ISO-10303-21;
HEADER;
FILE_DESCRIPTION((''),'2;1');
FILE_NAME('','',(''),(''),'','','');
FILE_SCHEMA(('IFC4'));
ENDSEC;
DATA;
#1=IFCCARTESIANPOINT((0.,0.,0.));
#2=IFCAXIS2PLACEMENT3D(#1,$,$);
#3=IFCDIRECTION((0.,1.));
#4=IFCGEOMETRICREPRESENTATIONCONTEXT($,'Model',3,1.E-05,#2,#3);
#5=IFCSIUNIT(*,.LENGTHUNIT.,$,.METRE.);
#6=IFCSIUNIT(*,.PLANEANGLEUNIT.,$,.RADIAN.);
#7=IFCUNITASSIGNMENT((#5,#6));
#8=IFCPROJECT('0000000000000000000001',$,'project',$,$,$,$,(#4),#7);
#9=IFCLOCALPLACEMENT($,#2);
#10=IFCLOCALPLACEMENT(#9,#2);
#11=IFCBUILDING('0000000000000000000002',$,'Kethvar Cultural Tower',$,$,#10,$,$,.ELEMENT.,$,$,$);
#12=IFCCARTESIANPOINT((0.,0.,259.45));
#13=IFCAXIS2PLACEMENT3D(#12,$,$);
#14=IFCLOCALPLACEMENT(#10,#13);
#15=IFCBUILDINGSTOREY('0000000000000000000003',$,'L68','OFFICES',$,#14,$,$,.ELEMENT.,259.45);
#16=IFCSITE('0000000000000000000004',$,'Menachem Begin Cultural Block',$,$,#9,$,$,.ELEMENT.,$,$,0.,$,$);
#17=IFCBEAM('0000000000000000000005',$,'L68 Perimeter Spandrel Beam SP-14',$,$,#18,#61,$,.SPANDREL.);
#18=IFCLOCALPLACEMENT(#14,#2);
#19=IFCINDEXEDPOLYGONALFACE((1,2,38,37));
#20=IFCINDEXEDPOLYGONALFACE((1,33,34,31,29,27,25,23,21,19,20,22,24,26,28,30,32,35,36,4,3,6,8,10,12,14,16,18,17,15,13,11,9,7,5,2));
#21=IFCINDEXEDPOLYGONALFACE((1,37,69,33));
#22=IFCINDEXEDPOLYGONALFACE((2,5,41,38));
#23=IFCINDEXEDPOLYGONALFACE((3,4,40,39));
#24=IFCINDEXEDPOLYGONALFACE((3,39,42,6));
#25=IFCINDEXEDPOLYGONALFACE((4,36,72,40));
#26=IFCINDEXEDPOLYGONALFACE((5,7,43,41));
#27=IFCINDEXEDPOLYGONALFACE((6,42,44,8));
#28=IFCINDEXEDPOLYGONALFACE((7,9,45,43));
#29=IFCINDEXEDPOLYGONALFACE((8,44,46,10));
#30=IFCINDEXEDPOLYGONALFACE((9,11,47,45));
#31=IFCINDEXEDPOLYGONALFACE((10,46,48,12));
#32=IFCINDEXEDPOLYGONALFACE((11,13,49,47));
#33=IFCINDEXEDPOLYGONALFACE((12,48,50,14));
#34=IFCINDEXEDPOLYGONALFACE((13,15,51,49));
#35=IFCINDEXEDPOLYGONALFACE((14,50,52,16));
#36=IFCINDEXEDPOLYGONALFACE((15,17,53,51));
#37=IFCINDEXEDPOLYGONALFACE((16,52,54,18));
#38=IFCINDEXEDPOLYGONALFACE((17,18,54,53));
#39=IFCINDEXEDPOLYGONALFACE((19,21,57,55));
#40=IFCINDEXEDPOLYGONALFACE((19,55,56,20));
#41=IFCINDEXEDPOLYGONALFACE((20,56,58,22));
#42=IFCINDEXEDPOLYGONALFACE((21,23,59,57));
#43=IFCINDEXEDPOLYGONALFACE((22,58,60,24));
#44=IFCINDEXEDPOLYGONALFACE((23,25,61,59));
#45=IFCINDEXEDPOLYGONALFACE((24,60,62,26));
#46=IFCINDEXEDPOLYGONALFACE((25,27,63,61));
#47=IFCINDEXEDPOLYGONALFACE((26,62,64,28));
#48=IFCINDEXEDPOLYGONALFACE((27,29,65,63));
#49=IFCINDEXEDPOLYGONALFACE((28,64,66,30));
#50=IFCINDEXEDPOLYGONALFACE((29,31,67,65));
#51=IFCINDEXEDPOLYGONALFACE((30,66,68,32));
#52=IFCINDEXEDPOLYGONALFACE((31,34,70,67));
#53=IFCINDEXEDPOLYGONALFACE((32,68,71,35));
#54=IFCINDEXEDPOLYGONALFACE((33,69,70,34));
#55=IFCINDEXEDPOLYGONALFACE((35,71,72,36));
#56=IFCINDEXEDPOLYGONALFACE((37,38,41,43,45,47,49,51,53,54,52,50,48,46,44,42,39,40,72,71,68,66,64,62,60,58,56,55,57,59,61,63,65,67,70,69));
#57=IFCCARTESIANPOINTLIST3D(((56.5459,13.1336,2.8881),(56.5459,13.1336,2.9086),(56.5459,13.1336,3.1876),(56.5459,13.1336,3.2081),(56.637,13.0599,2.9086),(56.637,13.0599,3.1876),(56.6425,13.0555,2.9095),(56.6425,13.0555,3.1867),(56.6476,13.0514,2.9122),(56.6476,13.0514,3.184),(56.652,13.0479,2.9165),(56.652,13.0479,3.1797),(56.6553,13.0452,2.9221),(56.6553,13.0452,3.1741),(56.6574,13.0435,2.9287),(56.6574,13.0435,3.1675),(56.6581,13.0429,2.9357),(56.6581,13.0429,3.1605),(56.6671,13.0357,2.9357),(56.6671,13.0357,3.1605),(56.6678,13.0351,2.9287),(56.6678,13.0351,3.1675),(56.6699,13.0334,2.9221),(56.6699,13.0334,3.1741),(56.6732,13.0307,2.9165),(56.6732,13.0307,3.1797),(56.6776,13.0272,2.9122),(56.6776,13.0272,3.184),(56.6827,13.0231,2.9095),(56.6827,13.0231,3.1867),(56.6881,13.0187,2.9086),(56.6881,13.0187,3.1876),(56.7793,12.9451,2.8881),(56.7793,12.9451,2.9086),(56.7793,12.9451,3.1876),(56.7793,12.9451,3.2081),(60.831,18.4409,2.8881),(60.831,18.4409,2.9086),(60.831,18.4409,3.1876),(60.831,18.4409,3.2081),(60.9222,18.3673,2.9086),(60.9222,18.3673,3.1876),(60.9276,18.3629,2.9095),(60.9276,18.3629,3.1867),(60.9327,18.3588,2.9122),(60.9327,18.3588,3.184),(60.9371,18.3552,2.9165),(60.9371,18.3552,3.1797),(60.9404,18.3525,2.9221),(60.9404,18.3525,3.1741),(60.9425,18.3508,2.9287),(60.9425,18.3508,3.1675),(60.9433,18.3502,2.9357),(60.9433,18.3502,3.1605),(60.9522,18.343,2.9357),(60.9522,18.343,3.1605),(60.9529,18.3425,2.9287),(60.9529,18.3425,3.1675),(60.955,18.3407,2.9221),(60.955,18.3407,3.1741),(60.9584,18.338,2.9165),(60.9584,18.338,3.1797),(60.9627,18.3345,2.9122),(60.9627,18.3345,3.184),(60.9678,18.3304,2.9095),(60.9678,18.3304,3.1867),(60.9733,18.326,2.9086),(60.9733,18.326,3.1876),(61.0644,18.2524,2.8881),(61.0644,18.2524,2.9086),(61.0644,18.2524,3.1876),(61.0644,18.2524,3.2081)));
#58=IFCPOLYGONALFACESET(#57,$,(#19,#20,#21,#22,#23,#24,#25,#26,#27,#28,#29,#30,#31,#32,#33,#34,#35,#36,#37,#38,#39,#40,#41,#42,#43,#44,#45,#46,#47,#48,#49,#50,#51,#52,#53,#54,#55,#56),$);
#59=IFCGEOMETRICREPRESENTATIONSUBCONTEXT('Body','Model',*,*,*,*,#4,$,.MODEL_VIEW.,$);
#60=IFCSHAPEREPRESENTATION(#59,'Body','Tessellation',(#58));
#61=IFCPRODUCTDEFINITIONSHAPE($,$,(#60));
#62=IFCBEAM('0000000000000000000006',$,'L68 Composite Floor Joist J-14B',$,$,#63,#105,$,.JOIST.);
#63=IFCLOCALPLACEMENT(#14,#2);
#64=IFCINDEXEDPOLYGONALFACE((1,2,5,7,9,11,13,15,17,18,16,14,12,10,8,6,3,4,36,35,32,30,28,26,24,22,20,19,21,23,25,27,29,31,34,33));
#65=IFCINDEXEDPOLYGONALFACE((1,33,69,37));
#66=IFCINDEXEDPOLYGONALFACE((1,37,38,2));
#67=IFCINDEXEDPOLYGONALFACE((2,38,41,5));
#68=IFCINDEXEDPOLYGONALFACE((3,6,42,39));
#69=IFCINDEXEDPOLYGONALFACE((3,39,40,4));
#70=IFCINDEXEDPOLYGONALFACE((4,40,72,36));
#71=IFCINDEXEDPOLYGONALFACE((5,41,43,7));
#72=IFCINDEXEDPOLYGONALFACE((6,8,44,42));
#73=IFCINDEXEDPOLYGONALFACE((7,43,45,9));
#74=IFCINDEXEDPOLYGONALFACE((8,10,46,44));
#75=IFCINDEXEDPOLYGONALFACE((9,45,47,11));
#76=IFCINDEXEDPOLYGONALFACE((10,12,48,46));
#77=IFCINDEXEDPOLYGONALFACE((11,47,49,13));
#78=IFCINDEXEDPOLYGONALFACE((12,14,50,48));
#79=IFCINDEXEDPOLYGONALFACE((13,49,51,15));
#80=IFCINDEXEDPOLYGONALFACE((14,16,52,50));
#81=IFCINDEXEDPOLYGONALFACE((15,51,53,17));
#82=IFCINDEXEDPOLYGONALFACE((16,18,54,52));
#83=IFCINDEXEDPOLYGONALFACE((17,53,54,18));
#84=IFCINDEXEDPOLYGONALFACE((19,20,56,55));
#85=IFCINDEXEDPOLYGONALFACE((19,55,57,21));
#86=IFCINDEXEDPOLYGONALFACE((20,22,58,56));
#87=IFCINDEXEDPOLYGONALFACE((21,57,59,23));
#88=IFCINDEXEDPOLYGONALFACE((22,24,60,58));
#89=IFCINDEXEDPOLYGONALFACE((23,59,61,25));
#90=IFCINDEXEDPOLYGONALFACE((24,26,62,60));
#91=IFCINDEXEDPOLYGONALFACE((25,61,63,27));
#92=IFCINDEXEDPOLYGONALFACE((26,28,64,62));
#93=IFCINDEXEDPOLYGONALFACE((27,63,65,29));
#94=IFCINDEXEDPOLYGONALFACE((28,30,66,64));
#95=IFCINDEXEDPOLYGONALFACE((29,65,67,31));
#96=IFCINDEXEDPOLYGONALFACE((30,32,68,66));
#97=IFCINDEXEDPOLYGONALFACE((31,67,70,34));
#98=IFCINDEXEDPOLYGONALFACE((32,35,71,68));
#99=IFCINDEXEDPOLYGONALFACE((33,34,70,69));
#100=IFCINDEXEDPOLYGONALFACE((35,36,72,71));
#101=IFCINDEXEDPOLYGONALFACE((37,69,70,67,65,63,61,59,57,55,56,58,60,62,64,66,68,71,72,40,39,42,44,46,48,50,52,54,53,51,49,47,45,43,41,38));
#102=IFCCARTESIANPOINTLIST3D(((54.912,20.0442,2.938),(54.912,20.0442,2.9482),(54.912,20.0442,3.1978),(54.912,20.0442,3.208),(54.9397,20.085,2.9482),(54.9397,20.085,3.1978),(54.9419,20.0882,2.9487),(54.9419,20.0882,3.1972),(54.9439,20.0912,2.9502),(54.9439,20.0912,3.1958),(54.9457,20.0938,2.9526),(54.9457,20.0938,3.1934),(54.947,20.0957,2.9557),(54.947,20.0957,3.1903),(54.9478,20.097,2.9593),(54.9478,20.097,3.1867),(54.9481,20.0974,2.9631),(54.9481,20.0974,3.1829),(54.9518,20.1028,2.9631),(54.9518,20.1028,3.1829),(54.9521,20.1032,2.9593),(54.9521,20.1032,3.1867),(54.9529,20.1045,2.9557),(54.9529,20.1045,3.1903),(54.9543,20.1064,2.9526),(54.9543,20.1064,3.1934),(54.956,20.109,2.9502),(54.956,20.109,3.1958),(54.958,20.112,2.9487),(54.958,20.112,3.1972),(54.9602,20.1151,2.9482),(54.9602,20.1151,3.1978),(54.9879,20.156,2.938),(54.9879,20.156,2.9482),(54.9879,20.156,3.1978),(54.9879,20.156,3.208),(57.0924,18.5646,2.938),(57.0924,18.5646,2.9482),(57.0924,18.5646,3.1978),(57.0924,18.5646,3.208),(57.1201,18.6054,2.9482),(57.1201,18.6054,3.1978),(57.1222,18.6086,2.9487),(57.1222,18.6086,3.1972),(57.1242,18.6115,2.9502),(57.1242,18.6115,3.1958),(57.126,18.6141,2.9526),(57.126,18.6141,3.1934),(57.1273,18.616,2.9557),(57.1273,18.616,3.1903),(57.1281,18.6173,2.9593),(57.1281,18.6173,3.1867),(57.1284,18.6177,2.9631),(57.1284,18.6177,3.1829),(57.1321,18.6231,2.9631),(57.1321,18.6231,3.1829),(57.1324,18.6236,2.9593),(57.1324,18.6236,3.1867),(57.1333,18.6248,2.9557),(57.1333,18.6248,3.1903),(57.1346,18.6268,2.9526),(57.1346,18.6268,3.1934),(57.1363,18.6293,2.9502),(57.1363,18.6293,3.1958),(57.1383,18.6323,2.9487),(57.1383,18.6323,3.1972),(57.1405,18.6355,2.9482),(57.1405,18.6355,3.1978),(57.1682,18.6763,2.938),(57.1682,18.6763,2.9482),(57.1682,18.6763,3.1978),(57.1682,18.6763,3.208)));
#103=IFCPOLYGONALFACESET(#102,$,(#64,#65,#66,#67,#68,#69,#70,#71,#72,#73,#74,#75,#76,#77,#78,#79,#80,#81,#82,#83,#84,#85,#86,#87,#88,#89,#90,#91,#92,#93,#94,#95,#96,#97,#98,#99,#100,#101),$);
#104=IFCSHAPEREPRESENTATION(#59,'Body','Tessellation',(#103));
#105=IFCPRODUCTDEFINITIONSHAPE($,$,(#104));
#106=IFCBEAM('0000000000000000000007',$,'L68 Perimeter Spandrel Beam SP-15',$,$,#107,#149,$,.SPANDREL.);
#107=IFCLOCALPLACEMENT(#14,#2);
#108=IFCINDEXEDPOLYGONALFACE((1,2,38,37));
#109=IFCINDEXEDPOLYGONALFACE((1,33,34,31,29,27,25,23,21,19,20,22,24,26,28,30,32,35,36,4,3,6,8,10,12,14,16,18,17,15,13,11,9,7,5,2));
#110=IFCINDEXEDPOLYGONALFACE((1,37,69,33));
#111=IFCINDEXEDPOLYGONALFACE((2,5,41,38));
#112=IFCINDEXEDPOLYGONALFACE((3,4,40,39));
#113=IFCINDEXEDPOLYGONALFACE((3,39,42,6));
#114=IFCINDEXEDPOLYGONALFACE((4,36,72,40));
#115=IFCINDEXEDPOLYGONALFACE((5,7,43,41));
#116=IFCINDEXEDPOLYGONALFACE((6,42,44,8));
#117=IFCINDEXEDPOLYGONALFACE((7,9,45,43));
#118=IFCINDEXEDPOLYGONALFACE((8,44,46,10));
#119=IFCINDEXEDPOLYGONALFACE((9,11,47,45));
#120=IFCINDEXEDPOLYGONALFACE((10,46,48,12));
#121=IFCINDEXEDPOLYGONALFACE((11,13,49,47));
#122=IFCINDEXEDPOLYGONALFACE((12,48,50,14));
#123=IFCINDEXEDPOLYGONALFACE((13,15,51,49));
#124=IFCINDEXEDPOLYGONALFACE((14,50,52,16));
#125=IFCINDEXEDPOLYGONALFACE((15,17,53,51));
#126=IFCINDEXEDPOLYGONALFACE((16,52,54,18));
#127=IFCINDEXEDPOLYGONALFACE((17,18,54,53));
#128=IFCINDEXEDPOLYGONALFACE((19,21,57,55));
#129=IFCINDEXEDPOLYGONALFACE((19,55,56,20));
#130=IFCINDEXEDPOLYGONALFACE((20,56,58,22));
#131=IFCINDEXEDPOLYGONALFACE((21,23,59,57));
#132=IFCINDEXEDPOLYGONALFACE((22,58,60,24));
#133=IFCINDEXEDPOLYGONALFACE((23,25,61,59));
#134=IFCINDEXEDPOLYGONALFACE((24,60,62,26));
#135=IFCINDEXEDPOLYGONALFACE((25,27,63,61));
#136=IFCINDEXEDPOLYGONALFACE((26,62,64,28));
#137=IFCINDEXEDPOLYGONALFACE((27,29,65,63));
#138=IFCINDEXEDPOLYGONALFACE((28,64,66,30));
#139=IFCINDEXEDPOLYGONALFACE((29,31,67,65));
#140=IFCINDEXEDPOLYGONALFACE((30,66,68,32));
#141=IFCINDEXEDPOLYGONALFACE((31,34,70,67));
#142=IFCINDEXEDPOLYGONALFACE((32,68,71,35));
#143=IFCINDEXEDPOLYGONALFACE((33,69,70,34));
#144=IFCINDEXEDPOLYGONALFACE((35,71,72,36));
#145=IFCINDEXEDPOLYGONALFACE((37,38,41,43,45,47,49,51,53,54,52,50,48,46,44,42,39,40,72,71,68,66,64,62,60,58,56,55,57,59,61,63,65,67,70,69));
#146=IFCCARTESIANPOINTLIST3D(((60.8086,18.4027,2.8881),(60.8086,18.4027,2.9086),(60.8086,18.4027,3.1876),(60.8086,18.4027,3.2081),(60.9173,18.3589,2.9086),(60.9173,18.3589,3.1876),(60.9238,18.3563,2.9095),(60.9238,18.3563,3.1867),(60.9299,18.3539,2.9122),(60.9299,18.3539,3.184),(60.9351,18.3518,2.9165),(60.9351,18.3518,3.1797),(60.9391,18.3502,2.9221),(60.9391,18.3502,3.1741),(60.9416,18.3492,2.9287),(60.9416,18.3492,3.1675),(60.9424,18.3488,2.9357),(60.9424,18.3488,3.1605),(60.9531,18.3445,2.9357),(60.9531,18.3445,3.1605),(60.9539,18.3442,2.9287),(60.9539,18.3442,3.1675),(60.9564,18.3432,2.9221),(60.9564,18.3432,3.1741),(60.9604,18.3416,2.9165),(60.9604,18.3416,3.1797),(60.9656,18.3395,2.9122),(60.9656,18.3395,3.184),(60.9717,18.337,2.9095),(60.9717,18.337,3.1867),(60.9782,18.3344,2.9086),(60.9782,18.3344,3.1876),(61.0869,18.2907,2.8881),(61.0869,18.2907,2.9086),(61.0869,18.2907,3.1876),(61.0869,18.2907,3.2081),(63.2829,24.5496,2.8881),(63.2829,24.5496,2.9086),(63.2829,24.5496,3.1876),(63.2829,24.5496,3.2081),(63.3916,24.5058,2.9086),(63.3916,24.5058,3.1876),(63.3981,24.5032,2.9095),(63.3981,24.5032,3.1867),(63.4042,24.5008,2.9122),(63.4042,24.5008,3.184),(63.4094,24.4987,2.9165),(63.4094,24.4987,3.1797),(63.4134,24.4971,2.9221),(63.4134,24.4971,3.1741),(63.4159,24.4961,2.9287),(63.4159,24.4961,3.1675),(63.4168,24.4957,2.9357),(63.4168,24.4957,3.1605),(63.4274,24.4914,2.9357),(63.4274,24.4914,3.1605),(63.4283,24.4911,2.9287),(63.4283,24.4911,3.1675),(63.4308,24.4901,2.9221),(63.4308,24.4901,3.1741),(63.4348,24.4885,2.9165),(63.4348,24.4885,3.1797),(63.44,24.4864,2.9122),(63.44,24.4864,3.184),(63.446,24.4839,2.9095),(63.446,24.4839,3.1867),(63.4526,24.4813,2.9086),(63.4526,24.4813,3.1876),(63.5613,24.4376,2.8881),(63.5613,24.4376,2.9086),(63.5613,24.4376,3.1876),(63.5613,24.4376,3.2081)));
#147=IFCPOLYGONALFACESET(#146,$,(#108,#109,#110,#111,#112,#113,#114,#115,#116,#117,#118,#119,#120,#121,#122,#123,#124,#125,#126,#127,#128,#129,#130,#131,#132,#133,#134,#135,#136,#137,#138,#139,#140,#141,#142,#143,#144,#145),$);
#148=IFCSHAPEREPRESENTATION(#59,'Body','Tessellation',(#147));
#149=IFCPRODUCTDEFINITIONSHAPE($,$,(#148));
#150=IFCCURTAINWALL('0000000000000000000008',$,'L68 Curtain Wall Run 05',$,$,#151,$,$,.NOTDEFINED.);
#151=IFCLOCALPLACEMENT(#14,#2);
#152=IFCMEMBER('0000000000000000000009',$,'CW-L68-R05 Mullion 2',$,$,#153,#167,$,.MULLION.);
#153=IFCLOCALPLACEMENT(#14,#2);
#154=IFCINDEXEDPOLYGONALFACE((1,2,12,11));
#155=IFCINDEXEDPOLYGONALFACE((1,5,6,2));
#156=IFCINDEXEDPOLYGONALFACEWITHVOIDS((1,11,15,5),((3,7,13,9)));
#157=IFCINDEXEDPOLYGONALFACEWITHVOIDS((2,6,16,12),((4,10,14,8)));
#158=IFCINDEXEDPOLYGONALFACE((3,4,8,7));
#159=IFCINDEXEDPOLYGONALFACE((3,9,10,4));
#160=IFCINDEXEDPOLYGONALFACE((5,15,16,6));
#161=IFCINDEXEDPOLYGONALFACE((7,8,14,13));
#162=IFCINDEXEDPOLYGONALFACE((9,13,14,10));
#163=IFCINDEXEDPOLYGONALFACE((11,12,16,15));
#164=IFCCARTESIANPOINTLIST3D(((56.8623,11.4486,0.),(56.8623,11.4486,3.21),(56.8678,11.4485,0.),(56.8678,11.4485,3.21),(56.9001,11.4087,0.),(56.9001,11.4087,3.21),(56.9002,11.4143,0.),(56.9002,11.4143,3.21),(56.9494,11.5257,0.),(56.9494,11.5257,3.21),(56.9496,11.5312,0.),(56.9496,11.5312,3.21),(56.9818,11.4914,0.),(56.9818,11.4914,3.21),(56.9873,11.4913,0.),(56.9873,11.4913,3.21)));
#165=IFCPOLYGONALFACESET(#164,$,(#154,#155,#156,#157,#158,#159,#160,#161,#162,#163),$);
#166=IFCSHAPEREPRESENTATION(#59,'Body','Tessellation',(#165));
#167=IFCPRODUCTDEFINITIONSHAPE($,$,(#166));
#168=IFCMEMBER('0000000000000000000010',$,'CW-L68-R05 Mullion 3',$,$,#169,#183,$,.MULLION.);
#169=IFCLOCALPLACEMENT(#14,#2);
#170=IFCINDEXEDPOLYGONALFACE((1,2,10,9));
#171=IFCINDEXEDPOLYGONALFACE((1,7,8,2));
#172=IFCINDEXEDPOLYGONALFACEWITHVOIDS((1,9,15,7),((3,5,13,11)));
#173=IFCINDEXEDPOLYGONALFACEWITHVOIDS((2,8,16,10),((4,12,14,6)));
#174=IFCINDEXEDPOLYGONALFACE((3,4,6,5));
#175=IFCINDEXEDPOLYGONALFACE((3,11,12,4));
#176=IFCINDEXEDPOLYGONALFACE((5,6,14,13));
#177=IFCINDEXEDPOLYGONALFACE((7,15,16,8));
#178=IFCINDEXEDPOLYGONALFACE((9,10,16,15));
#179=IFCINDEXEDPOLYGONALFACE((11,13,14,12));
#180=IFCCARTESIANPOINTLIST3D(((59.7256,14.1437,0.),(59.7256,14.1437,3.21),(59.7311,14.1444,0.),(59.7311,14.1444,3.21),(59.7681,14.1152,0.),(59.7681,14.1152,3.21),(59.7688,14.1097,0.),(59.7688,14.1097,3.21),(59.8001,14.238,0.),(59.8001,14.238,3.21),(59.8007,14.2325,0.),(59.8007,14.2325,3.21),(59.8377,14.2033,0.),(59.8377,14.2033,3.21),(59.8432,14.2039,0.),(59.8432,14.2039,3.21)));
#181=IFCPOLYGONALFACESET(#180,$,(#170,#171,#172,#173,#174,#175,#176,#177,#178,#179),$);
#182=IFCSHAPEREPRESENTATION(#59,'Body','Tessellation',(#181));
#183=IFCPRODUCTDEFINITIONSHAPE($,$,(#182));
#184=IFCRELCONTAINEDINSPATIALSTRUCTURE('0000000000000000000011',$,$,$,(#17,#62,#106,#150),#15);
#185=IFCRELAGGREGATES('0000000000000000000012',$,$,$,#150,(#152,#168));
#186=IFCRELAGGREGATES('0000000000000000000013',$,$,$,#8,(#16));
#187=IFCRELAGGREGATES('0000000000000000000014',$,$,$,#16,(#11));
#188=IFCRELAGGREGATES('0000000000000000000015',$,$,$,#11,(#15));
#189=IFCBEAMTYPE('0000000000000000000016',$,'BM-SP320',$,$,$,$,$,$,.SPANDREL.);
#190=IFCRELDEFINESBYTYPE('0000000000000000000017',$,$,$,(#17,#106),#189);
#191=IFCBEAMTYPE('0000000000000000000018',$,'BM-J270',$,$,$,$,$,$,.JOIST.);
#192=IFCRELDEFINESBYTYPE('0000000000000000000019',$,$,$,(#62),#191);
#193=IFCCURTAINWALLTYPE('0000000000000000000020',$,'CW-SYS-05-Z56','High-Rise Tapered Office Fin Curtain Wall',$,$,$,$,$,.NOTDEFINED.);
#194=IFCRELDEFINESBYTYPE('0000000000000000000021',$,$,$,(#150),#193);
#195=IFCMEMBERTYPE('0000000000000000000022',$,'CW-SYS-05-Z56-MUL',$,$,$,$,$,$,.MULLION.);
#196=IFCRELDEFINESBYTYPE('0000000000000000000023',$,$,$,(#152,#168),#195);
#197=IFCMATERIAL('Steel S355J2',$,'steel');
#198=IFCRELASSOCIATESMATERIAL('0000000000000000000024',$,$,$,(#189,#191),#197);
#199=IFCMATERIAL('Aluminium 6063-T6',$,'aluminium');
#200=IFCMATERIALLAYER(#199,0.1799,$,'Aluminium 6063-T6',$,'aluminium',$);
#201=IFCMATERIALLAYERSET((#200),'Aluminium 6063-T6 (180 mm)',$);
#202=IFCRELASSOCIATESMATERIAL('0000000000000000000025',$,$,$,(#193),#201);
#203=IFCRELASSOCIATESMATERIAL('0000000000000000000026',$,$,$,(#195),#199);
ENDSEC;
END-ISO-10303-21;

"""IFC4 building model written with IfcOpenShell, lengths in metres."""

from ifc_helpers import new_model, si_unit, direction, frame, origin, origin_2d, place, context, subcontext, project, spatial, hollow_rectangle, i_section, extrude, source, transform, mapped, material, layer, layer_set, material_profile, profile_set, type_object, element, aggregate, save


model = new_model("IFC4")

# Units and contexts
model_context = context("Model", 3, precision=1e-05, world=origin(), true_north=direction((0.0, 1.0)))
body_context = subcontext(model_context, "Body", "Model", "MODEL_VIEW")
ifc_project = project(units=[si_unit("LENGTHUNIT", "METRE"), si_unit("PLANEANGLEUNIT", "RADIAN")], contexts=[model_context])

# Site, building, storey
site_placement = place(None, origin())
site = spatial("IfcSite", under=ifc_project, at=site_placement, Name="Menachem Begin Cultural Block", CompositionType="ELEMENT", RefElevation=0.0)
building_placement = place(site_placement, origin())
building = spatial("IfcBuilding", under=site, at=building_placement, Name="Kethvar Cultural Tower", CompositionType="ELEMENT")
storey_placement = place(building_placement, frame((0.0, 0.0, 259.45)))
storey = spatial("IfcBuildingStorey", under=building, at=storey_placement, Name="L68", Description="OFFICES", CompositionType="ELEMENT", Elevation=259.45)

# Beams
ifc_material_1 = material(Name="Steel S355J2", Category="steel")
ifc_material_profile_1 = material_profile(ifc_material_1, i_section(OverallWidth=0.3, OverallDepth=0.3201, WebThickness=0.0115, FlangeThickness=0.0205, FilletRadius=0.0271, at=origin_2d()), Name="Steel S355J2 — HEB320")
ifc_profile_set_1 = profile_set([ifc_material_profile_1], Name="Steel S355J2 — HEB320")
beam_type_1 = type_object("IfcBeamType", Name="BM-SP320", PredefinedType="SPANDREL", material=ifc_profile_set_1)
shared_shape_1 = source(origin(), body_context, "Body", "SweptSolid", [
    extrude(i_section(OverallWidth=0.3, OverallDepth=0.3201, WebThickness=0.0115, FlangeThickness=0.0205, FilletRadius=0.0271, at=origin_2d()), origin(), (0.0, 0.0, 1.0), 6.8213),
])
beam_1_placement = place(storey_placement, frame((56.6626, 13.0393, 3.0481), z_axis=(0.628198, 0.778054, 0.0), x_axis=(-0.778054, 0.628198, 0.0)))
element("IfcBeam", 1, at=beam_1_placement, inside=storey, type_object=beam_type_1, Name="L68 Perimeter Spandrel Beam SP-14", PredefinedType="SPANDREL", context=body_context, shape_type="MappedRepresentation", body=[
    mapped(shared_shape_1, transform((0.0, 0.0, 0.0), scale=1.0)),
])
ifc_material_profile_2 = material_profile(ifc_material_1, i_section(OverallWidth=0.135, OverallDepth=0.27, WebThickness=0.0066, FlangeThickness=0.0103, FilletRadius=0.0149, at=origin_2d()), Name="Steel S355J2 — IPE270")
ifc_profile_set_2 = profile_set([ifc_material_profile_2], Name="Steel S355J2 — IPE270")
beam_type_2 = type_object("IfcBeamType", Name="BM-J270", PredefinedType="JOIST", material=ifc_profile_set_2)
shared_shape_2 = source(origin(), body_context, "Body", "SweptSolid", [
    extrude(i_section(OverallWidth=0.135, OverallDepth=0.27, WebThickness=0.0066, FlangeThickness=0.0103, FilletRadius=0.0149, at=origin_2d()), origin(), (0.0, 0.0, 1.0), 2.635),
])
beam_2_placement = place(storey_placement, frame((54.95, 20.1001, 3.073), z_axis=(0.827447, -0.561544, 0.0), x_axis=(0.561544, 0.827447, 0.0)))
element("IfcBeam", 2, at=beam_2_placement, inside=storey, type_object=beam_type_2, Name="L68 Composite Floor Joist J-14B", PredefinedType="JOIST", context=body_context, shape_type="MappedRepresentation", body=[
    mapped(shared_shape_2, transform((0.0, 0.0, 0.0), scale=1.0)),
])
shared_shape_3 = source(origin(), body_context, "Body", "SweptSolid", [
    extrude(i_section(OverallWidth=0.3, OverallDepth=0.3201, WebThickness=0.0115, FlangeThickness=0.0205, FilletRadius=0.0271, at=origin_2d()), origin(), (0.0, 0.0, 1.0), 6.6262),
])
beam_3_placement = place(storey_placement, frame((60.9478, 18.3467, 3.0481), z_axis=(0.373416, 0.927664, 0.0), x_axis=(-0.927664, 0.373416, 0.0)))
element("IfcBeam", 3, at=beam_3_placement, inside=storey, type_object=beam_type_1, Name="L68 Perimeter Spandrel Beam SP-15", PredefinedType="SPANDREL", context=body_context, shape_type="MappedRepresentation", body=[
    mapped(shared_shape_3, transform((0.0, 0.0, 0.0), scale=1.0)),
])

# Curtain wall, members
ifc_material_2 = material(Name="Aluminium 6063-T6", Category="aluminium")
ifc_layer_1 = layer(ifc_material_2, 0.1799, Name="Aluminium 6063-T6", Category="aluminium")
ifc_layer_set_1 = layer_set([ifc_layer_1], Name="Aluminium 6063-T6 (180 mm)")
curtain_wall_type = type_object("IfcCurtainWallType", Name="CW-SYS-05-Z56", Description="High-Rise Tapered Office Fin Curtain Wall", PredefinedType="NOTDEFINED", material=ifc_layer_set_1)
curtain_wall_placement = place(storey_placement, origin())
curtain_wall = element("IfcCurtainWall", 4, at=curtain_wall_placement, inside=storey, type_object=curtain_wall_type, Name="L68 Curtain Wall Run 05", PredefinedType="NOTDEFINED")
ifc_material_profile_3 = material_profile(ifc_material_2, hollow_rectangle(XDim=0.0549, YDim=0.1201, WallThickness=0.0039, at=origin_2d()), Name="Aluminium 6063-T6 — RHS120x55x4")
ifc_profile_set_3 = profile_set([ifc_material_profile_3], Name="Aluminium 6063-T6 — RHS120x55x4")
member_type_1 = type_object("IfcMemberType", Name="CW-SYS-05-Z56-MUL", PredefinedType="MULLION", material=ifc_profile_set_3)
shared_shape_4 = source(origin(), body_context, "Body", "SweptSolid", [
    extrude(hollow_rectangle(XDim=0.0549, YDim=0.1201, WallThickness=0.0039, at=origin_2d()), origin(), (0.0, 0.0, 1.0), 3.21),
])
member_1_placement = place(storey_placement, frame((56.9248, 11.47, 0.0), z_axis=(0.0, 0.0, 1.0), x_axis=(-0.68724, 0.726431, 0.0)))
member_1 = element("IfcMember", 5, at=member_1_placement, type_object=member_type_1, Name="CW-L68-R05 Mullion 2", PredefinedType="MULLION", context=body_context, shape_type="MappedRepresentation", body=[
    mapped(shared_shape_4, transform((0.0, 0.0, 0.0), scale=1.0)),
])
member_2_placement = place(storey_placement, frame((59.7844, 14.1738, 0.0), z_axis=(0.0, 0.0, 1.0), x_axis=(-0.784744, 0.61982, 0.0)))
member_2 = element("IfcMember", 6, at=member_2_placement, type_object=member_type_1, Name="CW-L68-R05 Mullion 3", PredefinedType="MULLION", context=body_context, shape_type="MappedRepresentation", body=[
    mapped(shared_shape_4, transform((0.0, 0.0, 0.0), scale=1.0)),
])
aggregate(curtain_wall, [member_1, member_2])

save(model, "model.ifc")
